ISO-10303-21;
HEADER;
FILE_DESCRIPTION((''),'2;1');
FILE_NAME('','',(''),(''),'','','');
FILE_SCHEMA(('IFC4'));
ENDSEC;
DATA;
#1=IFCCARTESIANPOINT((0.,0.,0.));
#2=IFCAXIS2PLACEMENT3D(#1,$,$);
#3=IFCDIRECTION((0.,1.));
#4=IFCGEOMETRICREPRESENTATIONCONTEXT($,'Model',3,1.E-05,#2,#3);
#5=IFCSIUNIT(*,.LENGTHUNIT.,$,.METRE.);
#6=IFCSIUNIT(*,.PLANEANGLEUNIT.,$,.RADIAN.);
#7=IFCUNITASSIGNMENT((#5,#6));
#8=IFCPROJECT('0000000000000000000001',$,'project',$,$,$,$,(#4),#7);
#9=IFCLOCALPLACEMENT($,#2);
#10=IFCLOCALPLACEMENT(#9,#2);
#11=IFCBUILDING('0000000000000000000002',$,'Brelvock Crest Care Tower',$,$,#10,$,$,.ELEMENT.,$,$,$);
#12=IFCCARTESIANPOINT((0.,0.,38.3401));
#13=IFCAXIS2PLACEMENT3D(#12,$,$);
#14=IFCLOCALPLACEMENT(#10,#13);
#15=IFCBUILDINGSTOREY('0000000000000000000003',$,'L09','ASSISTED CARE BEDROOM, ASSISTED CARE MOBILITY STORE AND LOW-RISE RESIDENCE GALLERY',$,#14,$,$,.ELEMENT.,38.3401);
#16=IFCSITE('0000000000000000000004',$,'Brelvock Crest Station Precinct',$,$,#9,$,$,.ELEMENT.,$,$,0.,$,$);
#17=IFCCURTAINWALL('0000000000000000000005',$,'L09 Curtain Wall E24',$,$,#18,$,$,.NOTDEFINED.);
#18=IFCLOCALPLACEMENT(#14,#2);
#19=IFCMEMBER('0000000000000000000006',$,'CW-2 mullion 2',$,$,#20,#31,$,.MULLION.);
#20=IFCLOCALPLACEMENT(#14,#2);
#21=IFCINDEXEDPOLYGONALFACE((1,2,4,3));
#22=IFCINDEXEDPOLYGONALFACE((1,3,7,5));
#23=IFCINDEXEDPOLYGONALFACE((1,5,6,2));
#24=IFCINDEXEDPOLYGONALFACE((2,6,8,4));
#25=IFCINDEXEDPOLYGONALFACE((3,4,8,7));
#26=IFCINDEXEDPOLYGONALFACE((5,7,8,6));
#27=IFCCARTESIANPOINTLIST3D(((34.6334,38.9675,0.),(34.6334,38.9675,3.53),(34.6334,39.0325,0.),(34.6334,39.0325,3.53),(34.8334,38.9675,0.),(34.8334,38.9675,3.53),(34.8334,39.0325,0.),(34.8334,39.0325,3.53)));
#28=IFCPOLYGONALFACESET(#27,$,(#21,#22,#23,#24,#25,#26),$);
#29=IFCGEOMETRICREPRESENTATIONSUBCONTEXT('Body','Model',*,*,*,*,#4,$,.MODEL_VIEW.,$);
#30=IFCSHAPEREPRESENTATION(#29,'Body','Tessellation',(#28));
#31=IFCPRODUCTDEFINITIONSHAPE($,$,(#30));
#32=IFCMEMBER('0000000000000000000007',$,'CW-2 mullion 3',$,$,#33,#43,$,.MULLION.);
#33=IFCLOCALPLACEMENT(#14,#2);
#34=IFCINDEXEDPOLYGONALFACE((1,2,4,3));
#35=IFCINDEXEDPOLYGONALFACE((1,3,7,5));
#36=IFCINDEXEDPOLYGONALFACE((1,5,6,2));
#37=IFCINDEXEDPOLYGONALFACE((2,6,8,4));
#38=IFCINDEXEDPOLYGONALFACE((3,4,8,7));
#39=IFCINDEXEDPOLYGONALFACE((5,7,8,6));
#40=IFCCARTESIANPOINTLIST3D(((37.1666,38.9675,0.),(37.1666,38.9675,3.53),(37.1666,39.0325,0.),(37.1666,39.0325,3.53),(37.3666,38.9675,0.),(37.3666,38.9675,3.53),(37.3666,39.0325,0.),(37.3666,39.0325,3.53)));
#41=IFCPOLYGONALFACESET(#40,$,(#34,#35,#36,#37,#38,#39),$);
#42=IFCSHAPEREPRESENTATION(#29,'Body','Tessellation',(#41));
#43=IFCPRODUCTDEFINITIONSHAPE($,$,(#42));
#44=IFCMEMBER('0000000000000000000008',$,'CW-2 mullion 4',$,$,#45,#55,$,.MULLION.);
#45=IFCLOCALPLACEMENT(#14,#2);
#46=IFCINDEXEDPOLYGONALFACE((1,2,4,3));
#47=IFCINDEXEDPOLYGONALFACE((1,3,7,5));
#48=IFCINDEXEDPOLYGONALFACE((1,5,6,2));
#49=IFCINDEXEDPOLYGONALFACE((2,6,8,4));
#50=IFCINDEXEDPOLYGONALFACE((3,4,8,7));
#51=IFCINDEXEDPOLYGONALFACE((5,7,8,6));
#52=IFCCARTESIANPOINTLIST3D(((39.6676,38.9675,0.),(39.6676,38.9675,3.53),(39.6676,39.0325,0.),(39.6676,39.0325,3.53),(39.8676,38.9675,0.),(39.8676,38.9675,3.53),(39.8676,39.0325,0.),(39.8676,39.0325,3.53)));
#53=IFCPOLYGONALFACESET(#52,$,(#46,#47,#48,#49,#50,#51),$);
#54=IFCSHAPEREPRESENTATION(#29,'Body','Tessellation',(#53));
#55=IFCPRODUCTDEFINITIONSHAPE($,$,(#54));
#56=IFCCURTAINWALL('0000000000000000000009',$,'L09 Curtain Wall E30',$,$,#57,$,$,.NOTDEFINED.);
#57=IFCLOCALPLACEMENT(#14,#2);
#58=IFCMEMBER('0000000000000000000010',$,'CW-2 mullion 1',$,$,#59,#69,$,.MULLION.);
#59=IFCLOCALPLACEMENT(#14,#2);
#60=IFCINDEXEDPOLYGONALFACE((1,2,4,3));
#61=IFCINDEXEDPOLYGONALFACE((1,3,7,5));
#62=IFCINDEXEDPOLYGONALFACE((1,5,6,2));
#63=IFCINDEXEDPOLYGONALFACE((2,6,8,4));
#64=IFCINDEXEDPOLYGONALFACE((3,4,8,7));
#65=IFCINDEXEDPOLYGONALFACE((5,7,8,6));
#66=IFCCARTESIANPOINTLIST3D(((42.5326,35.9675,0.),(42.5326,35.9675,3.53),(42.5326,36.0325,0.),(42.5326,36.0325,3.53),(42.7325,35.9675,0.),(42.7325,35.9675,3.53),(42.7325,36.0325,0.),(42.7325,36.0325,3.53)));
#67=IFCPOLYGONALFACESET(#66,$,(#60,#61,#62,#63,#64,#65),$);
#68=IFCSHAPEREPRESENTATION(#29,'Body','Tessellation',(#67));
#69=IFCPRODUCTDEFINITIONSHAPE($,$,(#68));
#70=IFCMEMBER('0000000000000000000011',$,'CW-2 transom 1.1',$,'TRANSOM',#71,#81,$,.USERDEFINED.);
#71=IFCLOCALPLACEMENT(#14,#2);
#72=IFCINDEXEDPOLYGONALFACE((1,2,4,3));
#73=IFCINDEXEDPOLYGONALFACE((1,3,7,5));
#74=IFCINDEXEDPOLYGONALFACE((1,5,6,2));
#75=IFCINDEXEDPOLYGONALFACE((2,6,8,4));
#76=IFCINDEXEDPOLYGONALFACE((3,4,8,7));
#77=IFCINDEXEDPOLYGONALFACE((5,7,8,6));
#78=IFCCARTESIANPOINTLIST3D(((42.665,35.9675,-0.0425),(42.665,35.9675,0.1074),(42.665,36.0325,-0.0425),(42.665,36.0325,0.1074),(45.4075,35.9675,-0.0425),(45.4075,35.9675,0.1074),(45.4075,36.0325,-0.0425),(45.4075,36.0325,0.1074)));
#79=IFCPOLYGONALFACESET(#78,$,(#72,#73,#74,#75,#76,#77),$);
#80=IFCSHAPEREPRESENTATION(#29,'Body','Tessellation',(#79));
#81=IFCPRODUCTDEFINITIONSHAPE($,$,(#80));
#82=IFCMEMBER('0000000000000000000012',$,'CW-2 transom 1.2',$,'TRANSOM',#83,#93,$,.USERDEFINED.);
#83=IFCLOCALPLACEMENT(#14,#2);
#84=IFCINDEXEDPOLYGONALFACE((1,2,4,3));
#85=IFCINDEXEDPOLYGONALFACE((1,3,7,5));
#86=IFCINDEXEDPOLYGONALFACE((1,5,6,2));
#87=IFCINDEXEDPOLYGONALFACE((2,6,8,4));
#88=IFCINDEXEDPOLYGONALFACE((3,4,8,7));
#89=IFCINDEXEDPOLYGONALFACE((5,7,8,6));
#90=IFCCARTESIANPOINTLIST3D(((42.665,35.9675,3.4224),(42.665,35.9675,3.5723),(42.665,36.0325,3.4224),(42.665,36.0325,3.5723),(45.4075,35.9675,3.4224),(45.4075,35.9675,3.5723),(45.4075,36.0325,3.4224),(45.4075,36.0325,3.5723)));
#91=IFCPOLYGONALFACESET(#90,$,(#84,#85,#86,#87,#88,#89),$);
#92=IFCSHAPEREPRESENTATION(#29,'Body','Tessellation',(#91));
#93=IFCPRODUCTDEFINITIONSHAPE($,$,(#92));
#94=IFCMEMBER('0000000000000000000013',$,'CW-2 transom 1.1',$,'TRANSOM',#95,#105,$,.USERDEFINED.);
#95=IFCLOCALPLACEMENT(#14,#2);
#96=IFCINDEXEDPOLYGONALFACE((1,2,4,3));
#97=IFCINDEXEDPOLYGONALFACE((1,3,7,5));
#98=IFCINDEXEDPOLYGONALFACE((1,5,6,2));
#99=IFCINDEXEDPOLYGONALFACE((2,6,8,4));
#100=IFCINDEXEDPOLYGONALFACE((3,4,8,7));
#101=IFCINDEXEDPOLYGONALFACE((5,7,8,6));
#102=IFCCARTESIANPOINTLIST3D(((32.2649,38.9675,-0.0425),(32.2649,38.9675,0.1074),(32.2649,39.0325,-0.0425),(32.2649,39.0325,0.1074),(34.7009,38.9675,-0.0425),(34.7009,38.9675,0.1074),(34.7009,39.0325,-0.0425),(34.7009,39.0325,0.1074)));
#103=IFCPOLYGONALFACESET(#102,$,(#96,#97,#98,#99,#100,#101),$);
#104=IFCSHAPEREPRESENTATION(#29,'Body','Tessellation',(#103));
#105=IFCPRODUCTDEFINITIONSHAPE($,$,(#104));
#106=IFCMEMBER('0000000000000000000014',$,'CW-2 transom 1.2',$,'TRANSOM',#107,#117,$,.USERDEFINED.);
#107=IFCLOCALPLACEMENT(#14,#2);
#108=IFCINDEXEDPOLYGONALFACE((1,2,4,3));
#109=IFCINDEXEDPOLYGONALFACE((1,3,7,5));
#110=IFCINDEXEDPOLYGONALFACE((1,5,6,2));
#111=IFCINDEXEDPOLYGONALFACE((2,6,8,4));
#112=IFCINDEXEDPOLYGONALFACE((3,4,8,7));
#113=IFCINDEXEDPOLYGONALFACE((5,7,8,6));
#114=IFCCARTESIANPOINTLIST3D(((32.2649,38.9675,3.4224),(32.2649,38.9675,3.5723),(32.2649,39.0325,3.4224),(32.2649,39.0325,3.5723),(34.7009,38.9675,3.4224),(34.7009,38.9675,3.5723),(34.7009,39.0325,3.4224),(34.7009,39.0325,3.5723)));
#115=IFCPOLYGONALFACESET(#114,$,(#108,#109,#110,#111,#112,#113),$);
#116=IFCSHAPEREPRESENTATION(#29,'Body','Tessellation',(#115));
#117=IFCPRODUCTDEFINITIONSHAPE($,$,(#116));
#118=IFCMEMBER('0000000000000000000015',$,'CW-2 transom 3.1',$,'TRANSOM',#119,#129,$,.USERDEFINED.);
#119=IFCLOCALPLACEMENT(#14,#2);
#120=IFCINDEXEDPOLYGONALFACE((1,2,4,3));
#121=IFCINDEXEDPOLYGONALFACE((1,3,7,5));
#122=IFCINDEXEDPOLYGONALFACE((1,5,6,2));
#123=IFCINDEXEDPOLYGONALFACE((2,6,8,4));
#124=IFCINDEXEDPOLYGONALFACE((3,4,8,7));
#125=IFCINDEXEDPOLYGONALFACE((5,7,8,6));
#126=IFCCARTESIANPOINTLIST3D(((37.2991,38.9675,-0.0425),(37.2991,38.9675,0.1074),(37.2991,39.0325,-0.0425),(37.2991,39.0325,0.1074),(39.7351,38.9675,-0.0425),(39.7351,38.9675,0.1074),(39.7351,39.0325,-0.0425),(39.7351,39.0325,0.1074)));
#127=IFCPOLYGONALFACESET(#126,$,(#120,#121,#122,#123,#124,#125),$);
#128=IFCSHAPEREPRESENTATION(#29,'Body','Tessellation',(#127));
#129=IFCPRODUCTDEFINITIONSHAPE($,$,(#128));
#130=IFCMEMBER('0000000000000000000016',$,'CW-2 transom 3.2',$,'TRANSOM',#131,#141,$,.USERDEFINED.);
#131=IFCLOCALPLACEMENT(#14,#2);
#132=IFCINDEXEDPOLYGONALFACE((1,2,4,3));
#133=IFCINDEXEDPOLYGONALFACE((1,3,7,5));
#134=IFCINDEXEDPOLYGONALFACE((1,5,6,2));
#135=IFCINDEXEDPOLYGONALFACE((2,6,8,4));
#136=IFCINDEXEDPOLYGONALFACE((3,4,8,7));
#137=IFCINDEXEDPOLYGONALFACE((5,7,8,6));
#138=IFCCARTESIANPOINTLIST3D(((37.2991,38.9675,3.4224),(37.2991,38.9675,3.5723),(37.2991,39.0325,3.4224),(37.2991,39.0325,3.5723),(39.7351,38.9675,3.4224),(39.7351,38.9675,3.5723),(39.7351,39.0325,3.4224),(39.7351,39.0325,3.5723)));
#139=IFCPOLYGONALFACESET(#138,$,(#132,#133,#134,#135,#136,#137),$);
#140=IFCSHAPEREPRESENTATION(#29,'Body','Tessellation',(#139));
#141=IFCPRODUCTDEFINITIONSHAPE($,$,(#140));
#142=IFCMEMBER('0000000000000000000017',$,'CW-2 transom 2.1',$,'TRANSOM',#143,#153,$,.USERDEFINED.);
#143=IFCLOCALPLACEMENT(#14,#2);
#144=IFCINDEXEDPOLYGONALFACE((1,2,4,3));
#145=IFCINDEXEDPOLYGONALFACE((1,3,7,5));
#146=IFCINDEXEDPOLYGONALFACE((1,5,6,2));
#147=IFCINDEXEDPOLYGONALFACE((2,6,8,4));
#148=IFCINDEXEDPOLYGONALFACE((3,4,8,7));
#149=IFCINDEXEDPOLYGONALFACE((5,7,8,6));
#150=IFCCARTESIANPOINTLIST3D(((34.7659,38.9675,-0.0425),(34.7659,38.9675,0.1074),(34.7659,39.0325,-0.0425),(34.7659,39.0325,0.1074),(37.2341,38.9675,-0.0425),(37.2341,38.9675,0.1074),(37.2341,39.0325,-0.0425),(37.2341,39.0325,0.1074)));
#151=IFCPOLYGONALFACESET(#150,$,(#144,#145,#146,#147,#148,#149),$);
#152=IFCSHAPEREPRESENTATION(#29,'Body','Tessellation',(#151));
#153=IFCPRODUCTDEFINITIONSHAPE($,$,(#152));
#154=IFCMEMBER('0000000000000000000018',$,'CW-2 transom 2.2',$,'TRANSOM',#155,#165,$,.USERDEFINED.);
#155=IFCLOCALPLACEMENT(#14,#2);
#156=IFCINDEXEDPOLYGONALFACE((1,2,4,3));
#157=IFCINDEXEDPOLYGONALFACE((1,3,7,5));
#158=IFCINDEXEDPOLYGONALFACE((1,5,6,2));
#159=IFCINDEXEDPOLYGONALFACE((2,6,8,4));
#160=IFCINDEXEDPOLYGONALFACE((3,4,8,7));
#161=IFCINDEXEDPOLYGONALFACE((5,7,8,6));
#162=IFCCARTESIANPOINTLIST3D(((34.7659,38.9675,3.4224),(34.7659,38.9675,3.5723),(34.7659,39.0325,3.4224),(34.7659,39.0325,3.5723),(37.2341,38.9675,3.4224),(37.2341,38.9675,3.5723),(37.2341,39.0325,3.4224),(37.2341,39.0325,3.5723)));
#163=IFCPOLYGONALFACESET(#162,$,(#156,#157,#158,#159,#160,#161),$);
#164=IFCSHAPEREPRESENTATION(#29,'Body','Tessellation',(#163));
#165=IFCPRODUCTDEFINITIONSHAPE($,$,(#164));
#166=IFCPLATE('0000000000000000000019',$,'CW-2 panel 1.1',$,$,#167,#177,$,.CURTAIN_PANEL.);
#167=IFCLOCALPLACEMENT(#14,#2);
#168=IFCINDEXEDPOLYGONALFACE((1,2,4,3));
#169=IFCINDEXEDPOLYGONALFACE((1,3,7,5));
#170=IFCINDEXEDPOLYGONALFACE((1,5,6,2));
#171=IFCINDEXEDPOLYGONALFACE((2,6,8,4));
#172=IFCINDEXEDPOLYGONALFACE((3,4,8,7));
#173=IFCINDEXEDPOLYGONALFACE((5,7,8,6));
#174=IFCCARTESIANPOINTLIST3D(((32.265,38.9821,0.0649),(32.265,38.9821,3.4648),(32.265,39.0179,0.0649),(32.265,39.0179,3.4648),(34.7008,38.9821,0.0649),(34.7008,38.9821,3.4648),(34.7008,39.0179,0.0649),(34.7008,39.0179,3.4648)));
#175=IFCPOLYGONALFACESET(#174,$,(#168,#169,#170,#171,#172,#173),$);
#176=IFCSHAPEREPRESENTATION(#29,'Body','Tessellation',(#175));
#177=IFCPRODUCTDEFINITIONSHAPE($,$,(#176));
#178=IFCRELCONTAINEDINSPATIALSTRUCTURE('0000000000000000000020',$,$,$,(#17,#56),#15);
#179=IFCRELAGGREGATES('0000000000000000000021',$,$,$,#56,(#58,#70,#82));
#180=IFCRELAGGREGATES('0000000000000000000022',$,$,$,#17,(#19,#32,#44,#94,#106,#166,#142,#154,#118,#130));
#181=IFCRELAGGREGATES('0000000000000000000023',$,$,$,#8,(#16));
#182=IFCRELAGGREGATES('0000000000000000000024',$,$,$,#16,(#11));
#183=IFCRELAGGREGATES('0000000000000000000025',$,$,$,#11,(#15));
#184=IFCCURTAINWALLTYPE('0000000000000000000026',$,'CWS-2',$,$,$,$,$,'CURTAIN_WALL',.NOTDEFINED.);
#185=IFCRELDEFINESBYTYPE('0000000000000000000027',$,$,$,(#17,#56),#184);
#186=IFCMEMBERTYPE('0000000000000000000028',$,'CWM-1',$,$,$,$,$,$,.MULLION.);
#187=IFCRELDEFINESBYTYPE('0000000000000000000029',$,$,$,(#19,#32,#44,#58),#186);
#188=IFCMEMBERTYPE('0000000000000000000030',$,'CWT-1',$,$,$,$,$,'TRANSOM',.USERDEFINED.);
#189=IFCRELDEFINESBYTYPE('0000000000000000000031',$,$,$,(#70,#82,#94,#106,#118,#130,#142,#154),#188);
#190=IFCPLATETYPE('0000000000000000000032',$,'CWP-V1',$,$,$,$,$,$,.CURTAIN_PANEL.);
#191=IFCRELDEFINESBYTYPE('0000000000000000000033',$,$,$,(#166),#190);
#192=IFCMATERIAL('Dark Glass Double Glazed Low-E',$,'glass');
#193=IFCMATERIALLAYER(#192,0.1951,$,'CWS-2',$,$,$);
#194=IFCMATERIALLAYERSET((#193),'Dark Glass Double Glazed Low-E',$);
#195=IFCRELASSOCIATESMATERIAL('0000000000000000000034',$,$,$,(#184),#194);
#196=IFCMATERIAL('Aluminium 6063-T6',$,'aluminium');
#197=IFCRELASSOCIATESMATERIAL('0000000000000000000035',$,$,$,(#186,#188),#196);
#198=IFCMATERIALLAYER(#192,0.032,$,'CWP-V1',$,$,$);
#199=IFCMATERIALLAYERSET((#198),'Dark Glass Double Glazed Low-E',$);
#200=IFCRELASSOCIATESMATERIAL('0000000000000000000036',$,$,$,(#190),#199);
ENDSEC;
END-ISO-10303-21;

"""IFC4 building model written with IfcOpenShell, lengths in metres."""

from ifc_helpers import new_model, si_unit, direction, frame, origin, origin_2d, place, context, subcontext, project, spatial, rectangle, extrude, source, transform, mapped, material, layer, layer_set, material_profile, profile_set, type_object, element, aggregate, save


model = new_model("IFC4")

# Units and contexts
model_context = context("Model", 3, precision=1e-05, world=origin(), true_north=direction((0.0, 1.0)))
body_context = subcontext(model_context, "Body", "Model", "MODEL_VIEW")
ifc_project = project(units=[si_unit("LENGTHUNIT", "METRE"), si_unit("PLANEANGLEUNIT", "RADIAN")], contexts=[model_context])

# Site, building, storey
site_placement = place(None, origin())
site = spatial("IfcSite", under=ifc_project, at=site_placement, Name="Brelvock Crest Station Precinct", CompositionType="ELEMENT", RefElevation=0.0)
building_placement = place(site_placement, origin())
building = spatial("IfcBuilding", under=site, at=building_placement, Name="Brelvock Crest Care Tower", CompositionType="ELEMENT")
storey_placement = place(building_placement, frame((0.0, 0.0, 38.3401)))
storey = spatial("IfcBuildingStorey", under=building, at=storey_placement, Name="L09", Description="ASSISTED CARE BEDROOM, ASSISTED CARE MOBILITY STORE AND LOW-RISE RESIDENCE GALLERY", CompositionType="ELEMENT", Elevation=38.3401)

# Curtain walls, members
ifc_material_1 = material(Name="Dark Glass Double Glazed Low-E", Category="glass")
ifc_layer_1 = layer(ifc_material_1, 0.1951, Name="CWS-2")
ifc_layer_set_1 = layer_set([ifc_layer_1], Name="Dark Glass Double Glazed Low-E")
curtain_wall_type = type_object("IfcCurtainWallType", Name="CWS-2", ElementType="CURTAIN_WALL", PredefinedType="NOTDEFINED", material=ifc_layer_set_1)
curtain_wall_1_placement = place(storey_placement, origin())
curtain_wall_1 = element("IfcCurtainWall", 1, at=curtain_wall_1_placement, inside=storey, type_object=curtain_wall_type, Name="L09 Curtain Wall E24", PredefinedType="NOTDEFINED")
ifc_material_2 = material(Name="Aluminium 6063-T6", Category="aluminium")
ifc_material_profile_1 = material_profile(ifc_material_2, rectangle(XDim=0.0649, YDim=0.2, at=origin_2d()), Name="ALU65x200")
ifc_profile_set_1 = profile_set([ifc_material_profile_1], Name="Aluminium 6063-T6")
member_type_1 = type_object("IfcMemberType", Name="CWM-1", PredefinedType="MULLION", material=ifc_profile_set_1)
shared_shape_1 = source(origin(), body_context, "Body", "SweptSolid", [
    extrude(rectangle(XDim=0.0649, YDim=0.2, at=origin_2d()), origin(), (0.0, 0.0, 1.0), 3.53),
])
member_1_placement = place(storey_placement, frame((34.7334, 39.0, 0.0), z_axis=(0.0, 0.0, 1.0), x_axis=(0.0, 1.0, 0.0)))
member_1 = element("IfcMember", 2, at=member_1_placement, type_object=member_type_1, Name="CW-2 mullion 2", PredefinedType="MULLION", context=body_context, shape_type="MappedRepresentation", body=[
    mapped(shared_shape_1, transform((0.0, 0.0, 0.0), x_axis=(1.0, 0.0, 0.0), y_axis=(0.0, 1.0, 0.0), z_axis=(0.0, 0.0, 1.0), scale=1.0)),
])
member_2_placement = place(storey_placement, frame((37.2666, 39.0, 0.0), z_axis=(0.0, 0.0, 1.0), x_axis=(0.0, 1.0, 0.0)))
member_2 = element("IfcMember", 3, at=member_2_placement, type_object=member_type_1, Name="CW-2 mullion 3", PredefinedType="MULLION", context=body_context, shape_type="MappedRepresentation", body=[
    mapped(shared_shape_1, transform((0.0, 0.0, 0.0), x_axis=(1.0, 0.0, 0.0), y_axis=(0.0, 1.0, 0.0), z_axis=(0.0, 0.0, 1.0), scale=1.0)),
])
member_3_placement = place(storey_placement, frame((39.7676, 39.0, 0.0), z_axis=(0.0, 0.0, 1.0), x_axis=(0.0, 1.0, 0.0)))
member_3 = element("IfcMember", 4, at=member_3_placement, type_object=member_type_1, Name="CW-2 mullion 4", PredefinedType="MULLION", context=body_context, shape_type="MappedRepresentation", body=[
    mapped(shared_shape_1, transform((0.0, 0.0, 0.0), x_axis=(1.0, 0.0, 0.0), y_axis=(0.0, 1.0, 0.0), z_axis=(0.0, 0.0, 1.0), scale=1.0)),
])
curtain_wall_2_placement = place(storey_placement, origin())
curtain_wall_2 = element("IfcCurtainWall", 5, at=curtain_wall_2_placement, inside=storey, type_object=curtain_wall_type, Name="L09 Curtain Wall E30", PredefinedType="NOTDEFINED")
member_4_placement = place(storey_placement, frame((42.6326, 36.0, 0.0), z_axis=(0.0, 0.0, 1.0), x_axis=(0.0, 1.0, 0.0)))
member_4 = element("IfcMember", 6, at=member_4_placement, type_object=member_type_1, Name="CW-2 mullion 1", PredefinedType="MULLION", context=body_context, shape_type="MappedRepresentation", body=[
    mapped(shared_shape_1, transform((0.0, 0.0, 0.0), x_axis=(1.0, 0.0, 0.0), y_axis=(0.0, 1.0, 0.0), z_axis=(0.0, 0.0, 1.0), scale=1.0)),
])
ifc_material_profile_2 = material_profile(ifc_material_2, rectangle(XDim=0.0649, YDim=0.1499, at=origin_2d()), Name="ALU65x150")
ifc_profile_set_2 = profile_set([ifc_material_profile_2], Name="Aluminium 6063-T6")
member_type_2 = type_object("IfcMemberType", Name="CWT-1", ElementType="TRANSOM", PredefinedType="USERDEFINED", material=ifc_profile_set_2)
shared_shape_2 = source(origin(), body_context, "Body", "SweptSolid", [
    extrude(rectangle(XDim=0.0649, YDim=0.1499, at=origin_2d()), origin(), (0.0, 0.0, 1.0), 2.7424),
])
member_5_placement = place(storey_placement, frame((42.665, 36.0, 0.0325), z_axis=(1.0, 0.0, 0.0), x_axis=(0.0, 1.0, 0.0)))
member_5 = element("IfcMember", 7, at=member_5_placement, type_object=member_type_2, Name="CW-2 transom 1.1", ObjectType="TRANSOM", PredefinedType="USERDEFINED", context=body_context, shape_type="MappedRepresentation", body=[
    mapped(shared_shape_2, transform((0.0, 0.0, 0.0), x_axis=(1.0, 0.0, 0.0), y_axis=(0.0, 1.0, 0.0), z_axis=(0.0, 0.0, 1.0), scale=1.0)),
])
member_6_placement = place(storey_placement, frame((42.665, 36.0, 3.4973), z_axis=(1.0, 0.0, 0.0), x_axis=(0.0, 1.0, 0.0)))
member_6 = element("IfcMember", 8, at=member_6_placement, type_object=member_type_2, Name="CW-2 transom 1.2", ObjectType="TRANSOM", PredefinedType="USERDEFINED", context=body_context, shape_type="MappedRepresentation", body=[
    mapped(shared_shape_2, transform((0.0, 0.0, 0.0), x_axis=(1.0, 0.0, 0.0), y_axis=(0.0, 1.0, 0.0), z_axis=(0.0, 0.0, 1.0), scale=1.0)),
])
aggregate(curtain_wall_2, [member_4, member_5, member_6])

# Members
shared_shape_3 = source(origin(), body_context, "Body", "SweptSolid", [
    extrude(rectangle(XDim=0.0649, YDim=0.1499, at=origin_2d()), origin(), (0.0, 0.0, 1.0), 2.436),
])
member_7_placement = place(storey_placement, frame((32.2649, 39.0, 0.0325), z_axis=(1.0, 0.0, 0.0), x_axis=(0.0, 1.0, 0.0)))
member_7 = element("IfcMember", 9, at=member_7_placement, type_object=member_type_2, Name="CW-2 transom 1.1", ObjectType="TRANSOM", PredefinedType="USERDEFINED", context=body_context, shape_type="MappedRepresentation", body=[
    mapped(shared_shape_3, transform((0.0, 0.0, 0.0), x_axis=(1.0, 0.0, 0.0), y_axis=(0.0, 1.0, 0.0), z_axis=(0.0, 0.0, 1.0), scale=1.0)),
])
member_8_placement = place(storey_placement, frame((32.2649, 39.0, 3.4973), z_axis=(1.0, 0.0, 0.0), x_axis=(0.0, 1.0, 0.0)))
member_8 = element("IfcMember", 10, at=member_8_placement, type_object=member_type_2, Name="CW-2 transom 1.2", ObjectType="TRANSOM", PredefinedType="USERDEFINED", context=body_context, shape_type="MappedRepresentation", body=[
    mapped(shared_shape_3, transform((0.0, 0.0, 0.0), x_axis=(1.0, 0.0, 0.0), y_axis=(0.0, 1.0, 0.0), z_axis=(0.0, 0.0, 1.0), scale=1.0)),
])
member_9_placement = place(storey_placement, frame((37.2991, 39.0, 0.0325), z_axis=(1.0, 0.0, 0.0), x_axis=(0.0, 1.0, 0.0)))
member_9 = element("IfcMember", 11, at=member_9_placement, type_object=member_type_2, Name="CW-2 transom 3.1", ObjectType="TRANSOM", PredefinedType="USERDEFINED", context=body_context, shape_type="MappedRepresentation", body=[
    mapped(shared_shape_3, transform((0.0, 0.0, 0.0), x_axis=(1.0, 0.0, 0.0), y_axis=(0.0, 1.0, 0.0), z_axis=(0.0, 0.0, 1.0), scale=1.0)),
])
member_10_placement = place(storey_placement, frame((37.2991, 39.0, 3.4973), z_axis=(1.0, 0.0, 0.0), x_axis=(0.0, 1.0, 0.0)))
member_10 = element("IfcMember", 12, at=member_10_placement, type_object=member_type_2, Name="CW-2 transom 3.2", ObjectType="TRANSOM", PredefinedType="USERDEFINED", context=body_context, shape_type="MappedRepresentation", body=[
    mapped(shared_shape_3, transform((0.0, 0.0, 0.0), x_axis=(1.0, 0.0, 0.0), y_axis=(0.0, 1.0, 0.0), z_axis=(0.0, 0.0, 1.0), scale=1.0)),
])
shared_shape_4 = source(origin(), body_context, "Body", "SweptSolid", [
    extrude(rectangle(XDim=0.0649, YDim=0.1499, at=origin_2d()), origin(), (0.0, 0.0, 1.0), 2.4683),
])
member_11_placement = place(storey_placement, frame((34.7659, 39.0, 0.0325), z_axis=(1.0, 0.0, 0.0), x_axis=(0.0, 1.0, 0.0)))
member_11 = element("IfcMember", 13, at=member_11_placement, type_object=member_type_2, Name="CW-2 transom 2.1", ObjectType="TRANSOM", PredefinedType="USERDEFINED", context=body_context, shape_type="MappedRepresentation", body=[
    mapped(shared_shape_4, transform((0.0, 0.0, 0.0), x_axis=(1.0, 0.0, 0.0), y_axis=(0.0, 1.0, 0.0), z_axis=(0.0, 0.0, 1.0), scale=1.0)),
])
member_12_placement = place(storey_placement, frame((34.7659, 39.0, 3.4973), z_axis=(1.0, 0.0, 0.0), x_axis=(0.0, 1.0, 0.0)))
member_12 = element("IfcMember", 14, at=member_12_placement, type_object=member_type_2, Name="CW-2 transom 2.2", ObjectType="TRANSOM", PredefinedType="USERDEFINED", context=body_context, shape_type="MappedRepresentation", body=[
    mapped(shared_shape_4, transform((0.0, 0.0, 0.0), x_axis=(1.0, 0.0, 0.0), y_axis=(0.0, 1.0, 0.0), z_axis=(0.0, 0.0, 1.0), scale=1.0)),
])

# Plate
ifc_layer_2 = layer(ifc_material_1, 0.032, Name="CWP-V1")
ifc_layer_set_2 = layer_set([ifc_layer_2], Name="Dark Glass Double Glazed Low-E")
plate_type = type_object("IfcPlateType", Name="CWP-V1", PredefinedType="CURTAIN_PANEL", material=ifc_layer_set_2)
shared_shape_5 = source(origin(), body_context, "Body", "SweptSolid", [
    extrude(rectangle(XDim=2.4358, YDim=0.0359, at=origin_2d()), origin(), (0.0, 0.0, 1.0), 3.3999),
])
plate_1_placement = place(storey_placement, frame((33.4829, 39.0, 0.0649), z_axis=(0.0, 0.0, 1.0), x_axis=(1.0, 0.0, 0.0)))
plate_1 = element("IfcPlate", 15, at=plate_1_placement, type_object=plate_type, Name="CW-2 panel 1.1", PredefinedType="CURTAIN_PANEL", context=body_context, shape_type="MappedRepresentation", body=[
    mapped(shared_shape_5, transform((0.0, 0.0, 0.0), x_axis=(1.0, 0.0, 0.0), y_axis=(0.0, 1.0, 0.0), z_axis=(0.0, 0.0, 1.0), scale=1.0)),
])
aggregate(curtain_wall_1, [member_1, member_2, member_3, member_7, member_8, plate_1, member_11, member_12, member_9, member_10])

save(model, "model.ifc")
